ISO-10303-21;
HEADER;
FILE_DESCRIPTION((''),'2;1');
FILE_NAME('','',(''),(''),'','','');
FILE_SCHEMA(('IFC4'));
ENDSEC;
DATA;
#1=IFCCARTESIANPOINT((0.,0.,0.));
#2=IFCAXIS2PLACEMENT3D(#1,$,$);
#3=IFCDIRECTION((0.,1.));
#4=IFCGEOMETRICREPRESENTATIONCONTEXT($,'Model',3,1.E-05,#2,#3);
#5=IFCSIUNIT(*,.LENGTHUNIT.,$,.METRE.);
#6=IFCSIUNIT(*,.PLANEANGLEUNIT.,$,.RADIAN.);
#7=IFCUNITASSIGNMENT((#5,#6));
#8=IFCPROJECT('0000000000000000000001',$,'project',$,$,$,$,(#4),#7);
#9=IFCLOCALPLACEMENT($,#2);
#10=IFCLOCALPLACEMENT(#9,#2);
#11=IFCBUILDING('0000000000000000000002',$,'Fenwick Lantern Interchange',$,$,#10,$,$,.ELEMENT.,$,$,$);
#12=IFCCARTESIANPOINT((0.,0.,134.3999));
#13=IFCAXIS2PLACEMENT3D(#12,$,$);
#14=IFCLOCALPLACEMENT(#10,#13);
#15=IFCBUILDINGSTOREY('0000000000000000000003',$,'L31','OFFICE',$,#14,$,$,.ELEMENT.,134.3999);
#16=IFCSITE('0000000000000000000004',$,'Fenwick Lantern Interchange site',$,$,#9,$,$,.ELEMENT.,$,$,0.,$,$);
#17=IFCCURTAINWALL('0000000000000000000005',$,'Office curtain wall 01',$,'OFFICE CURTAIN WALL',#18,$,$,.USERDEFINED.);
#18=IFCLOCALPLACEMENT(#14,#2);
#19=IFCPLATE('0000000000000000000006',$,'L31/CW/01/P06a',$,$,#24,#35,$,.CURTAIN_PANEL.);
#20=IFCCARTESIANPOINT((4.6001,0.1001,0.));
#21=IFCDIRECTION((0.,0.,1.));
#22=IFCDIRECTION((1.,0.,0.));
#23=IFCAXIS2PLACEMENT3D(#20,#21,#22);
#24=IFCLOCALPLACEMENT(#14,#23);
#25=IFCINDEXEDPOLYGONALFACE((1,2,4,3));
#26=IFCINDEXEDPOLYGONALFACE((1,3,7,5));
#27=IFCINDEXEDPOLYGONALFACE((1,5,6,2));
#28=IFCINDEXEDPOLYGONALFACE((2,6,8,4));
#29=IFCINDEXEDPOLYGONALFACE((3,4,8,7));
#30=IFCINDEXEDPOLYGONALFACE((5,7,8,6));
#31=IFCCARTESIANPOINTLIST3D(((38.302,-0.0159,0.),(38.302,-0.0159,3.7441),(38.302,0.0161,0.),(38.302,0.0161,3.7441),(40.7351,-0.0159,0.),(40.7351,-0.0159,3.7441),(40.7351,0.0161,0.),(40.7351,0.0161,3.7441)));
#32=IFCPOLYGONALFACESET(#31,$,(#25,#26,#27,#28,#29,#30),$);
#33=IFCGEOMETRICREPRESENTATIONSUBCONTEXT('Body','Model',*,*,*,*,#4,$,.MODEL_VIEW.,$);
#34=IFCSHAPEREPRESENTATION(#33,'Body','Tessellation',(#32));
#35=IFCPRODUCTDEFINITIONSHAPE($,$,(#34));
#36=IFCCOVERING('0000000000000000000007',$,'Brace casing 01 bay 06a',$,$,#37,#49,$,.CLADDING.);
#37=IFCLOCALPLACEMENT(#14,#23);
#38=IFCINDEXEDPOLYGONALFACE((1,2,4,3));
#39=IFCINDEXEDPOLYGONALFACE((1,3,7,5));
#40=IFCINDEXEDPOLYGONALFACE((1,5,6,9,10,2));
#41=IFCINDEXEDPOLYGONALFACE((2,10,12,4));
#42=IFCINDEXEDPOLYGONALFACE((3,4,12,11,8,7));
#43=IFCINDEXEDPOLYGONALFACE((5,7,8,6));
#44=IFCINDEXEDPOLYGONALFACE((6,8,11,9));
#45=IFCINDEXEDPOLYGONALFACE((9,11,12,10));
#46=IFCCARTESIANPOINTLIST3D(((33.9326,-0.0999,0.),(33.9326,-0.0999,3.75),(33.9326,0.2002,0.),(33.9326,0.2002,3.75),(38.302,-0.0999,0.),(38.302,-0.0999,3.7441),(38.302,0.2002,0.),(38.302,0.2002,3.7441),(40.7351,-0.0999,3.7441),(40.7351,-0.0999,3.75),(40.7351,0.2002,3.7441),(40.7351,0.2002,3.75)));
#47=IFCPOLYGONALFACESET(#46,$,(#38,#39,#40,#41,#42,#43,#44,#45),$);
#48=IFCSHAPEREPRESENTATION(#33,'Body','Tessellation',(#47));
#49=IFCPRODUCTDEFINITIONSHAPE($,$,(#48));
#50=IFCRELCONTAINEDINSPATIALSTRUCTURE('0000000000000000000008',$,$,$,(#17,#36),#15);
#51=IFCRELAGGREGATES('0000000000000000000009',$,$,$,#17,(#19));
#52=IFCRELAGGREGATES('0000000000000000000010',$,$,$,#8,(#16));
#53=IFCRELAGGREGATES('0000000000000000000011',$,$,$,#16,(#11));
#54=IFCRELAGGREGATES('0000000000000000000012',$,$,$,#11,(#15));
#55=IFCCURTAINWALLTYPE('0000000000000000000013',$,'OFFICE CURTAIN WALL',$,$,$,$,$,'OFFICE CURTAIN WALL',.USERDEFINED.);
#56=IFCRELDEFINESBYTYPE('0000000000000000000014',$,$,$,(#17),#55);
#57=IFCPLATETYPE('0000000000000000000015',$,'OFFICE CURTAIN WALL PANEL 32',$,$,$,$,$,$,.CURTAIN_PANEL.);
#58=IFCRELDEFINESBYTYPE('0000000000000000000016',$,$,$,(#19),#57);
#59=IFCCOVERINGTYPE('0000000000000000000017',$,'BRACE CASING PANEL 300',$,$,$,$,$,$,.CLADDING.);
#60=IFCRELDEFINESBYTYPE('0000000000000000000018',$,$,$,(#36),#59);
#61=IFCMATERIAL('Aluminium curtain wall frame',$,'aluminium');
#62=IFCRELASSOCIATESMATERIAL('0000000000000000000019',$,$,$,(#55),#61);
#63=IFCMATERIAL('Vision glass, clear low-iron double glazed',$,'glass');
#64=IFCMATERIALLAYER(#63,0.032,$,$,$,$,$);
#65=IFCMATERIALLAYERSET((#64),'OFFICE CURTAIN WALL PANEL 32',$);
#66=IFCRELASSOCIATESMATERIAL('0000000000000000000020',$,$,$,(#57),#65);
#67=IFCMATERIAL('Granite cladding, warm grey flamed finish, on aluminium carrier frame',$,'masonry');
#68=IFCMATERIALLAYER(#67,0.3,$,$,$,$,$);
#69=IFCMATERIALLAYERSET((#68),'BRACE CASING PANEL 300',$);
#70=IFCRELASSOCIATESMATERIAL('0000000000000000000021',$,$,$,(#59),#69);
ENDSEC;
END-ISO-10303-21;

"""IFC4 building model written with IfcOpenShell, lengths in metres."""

from ifc_helpers import new_model, si_unit, direction, frame, origin, place, context, subcontext, project, spatial, polyline, outline, extrude, material, layer, layer_set, type_object, element, aggregate, save


model = new_model("IFC4")

# Units and contexts
model_context = context("Model", 3, precision=1e-05, world=origin(), true_north=direction((0.0, 1.0)))
body_context = subcontext(model_context, "Body", "Model", "MODEL_VIEW")
ifc_project = project(units=[si_unit("LENGTHUNIT", "METRE"), si_unit("PLANEANGLEUNIT", "RADIAN")], contexts=[model_context])

# Site, building, storey
site_placement = place(None, origin())
site = spatial("IfcSite", under=ifc_project, at=site_placement, Name="Fenwick Lantern Interchange site", CompositionType="ELEMENT", RefElevation=0.0)
building_placement = place(site_placement, origin())
building = spatial("IfcBuilding", under=site, at=building_placement, Name="Fenwick Lantern Interchange", CompositionType="ELEMENT")
storey_placement = place(building_placement, frame((0.0, 0.0, 134.3999)))
storey = spatial("IfcBuildingStorey", under=building, at=storey_placement, Name="L31", Description="OFFICE", CompositionType="ELEMENT", Elevation=134.3999)

# Curtain wall
ifc_material_1 = material(Name="Aluminium curtain wall frame", Category="aluminium")
curtain_wall_type = type_object("IfcCurtainWallType", Name="OFFICE CURTAIN WALL", ElementType="OFFICE CURTAIN WALL", PredefinedType="USERDEFINED", material=ifc_material_1)
curtain_wall_1_placement = place(storey_placement, origin())
curtain_wall_1 = element("IfcCurtainWall", 1, at=curtain_wall_1_placement, inside=storey, type_object=curtain_wall_type, Name="Office curtain wall 01", ObjectType="OFFICE CURTAIN WALL", PredefinedType="USERDEFINED")

# Plate
ifc_material_2 = material(Name="Vision glass, clear low-iron double glazed", Category="glass")
ifc_layer_1 = layer(ifc_material_2, 0.032)
ifc_layer_set_1 = layer_set([ifc_layer_1], Name="OFFICE CURTAIN WALL PANEL 32")
plate_type = type_object("IfcPlateType", Name="OFFICE CURTAIN WALL PANEL 32", PredefinedType="CURTAIN_PANEL", material=ifc_layer_set_1)
plate_1_placement = place(storey_placement, frame((4.6001, 0.1001, 0.0), z_axis=(0.0, 0.0, 1.0), x_axis=(1.0, 0.0, 0.0)))
plate_1 = element("IfcPlate", 2, at=plate_1_placement, type_object=plate_type, Name="L31/CW/01/P06a", PredefinedType="CURTAIN_PANEL", context=body_context, shape_type="SweptSolid", body=[
    extrude(outline(polyline([(38.302, 0.0), (40.7351, 0.0), (40.7351, 3.7441), (38.302, 3.7441), (38.302, 0.0)])), frame((0.0, 0.0161, 0.0), z_axis=(0.0, -1.0, 0.0), x_axis=(1.0, 0.0, 0.0)), (0.0, 0.0, 1.0), 0.032),
])
aggregate(curtain_wall_1, [plate_1])

# Covering
ifc_material_3 = material(Name="Granite cladding, warm grey flamed finish, on aluminium carrier frame", Category="masonry")
ifc_layer_2 = layer(ifc_material_3, 0.3)
ifc_layer_set_2 = layer_set([ifc_layer_2], Name="BRACE CASING PANEL 300")
covering_type = type_object("IfcCoveringType", Name="BRACE CASING PANEL 300", PredefinedType="CLADDING", material=ifc_layer_set_2)
covering_placement = place(storey_placement, frame((4.6001, 0.1001, 0.0), z_axis=(0.0, 0.0, 1.0), x_axis=(1.0, 0.0, 0.0)))
element("IfcCovering", 3, at=covering_placement, inside=storey, type_object=covering_type, Name="Brace casing 01 bay 06a", PredefinedType="CLADDING", context=body_context, shape_type="SweptSolid", body=[
    extrude(outline(polyline([(33.9326, 0.0), (38.302, 0.0), (38.302, 3.7441), (40.7351, 3.7441), (40.7351, 3.75), (33.9326, 3.75), (33.9326, 0.0)])), frame((0.0, 0.2002, 0.0), z_axis=(0.0, -1.0, 0.0), x_axis=(1.0, 0.0, 0.0)), (0.0, 0.0, 1.0), 0.3),
])

save(model, "model.ifc")
